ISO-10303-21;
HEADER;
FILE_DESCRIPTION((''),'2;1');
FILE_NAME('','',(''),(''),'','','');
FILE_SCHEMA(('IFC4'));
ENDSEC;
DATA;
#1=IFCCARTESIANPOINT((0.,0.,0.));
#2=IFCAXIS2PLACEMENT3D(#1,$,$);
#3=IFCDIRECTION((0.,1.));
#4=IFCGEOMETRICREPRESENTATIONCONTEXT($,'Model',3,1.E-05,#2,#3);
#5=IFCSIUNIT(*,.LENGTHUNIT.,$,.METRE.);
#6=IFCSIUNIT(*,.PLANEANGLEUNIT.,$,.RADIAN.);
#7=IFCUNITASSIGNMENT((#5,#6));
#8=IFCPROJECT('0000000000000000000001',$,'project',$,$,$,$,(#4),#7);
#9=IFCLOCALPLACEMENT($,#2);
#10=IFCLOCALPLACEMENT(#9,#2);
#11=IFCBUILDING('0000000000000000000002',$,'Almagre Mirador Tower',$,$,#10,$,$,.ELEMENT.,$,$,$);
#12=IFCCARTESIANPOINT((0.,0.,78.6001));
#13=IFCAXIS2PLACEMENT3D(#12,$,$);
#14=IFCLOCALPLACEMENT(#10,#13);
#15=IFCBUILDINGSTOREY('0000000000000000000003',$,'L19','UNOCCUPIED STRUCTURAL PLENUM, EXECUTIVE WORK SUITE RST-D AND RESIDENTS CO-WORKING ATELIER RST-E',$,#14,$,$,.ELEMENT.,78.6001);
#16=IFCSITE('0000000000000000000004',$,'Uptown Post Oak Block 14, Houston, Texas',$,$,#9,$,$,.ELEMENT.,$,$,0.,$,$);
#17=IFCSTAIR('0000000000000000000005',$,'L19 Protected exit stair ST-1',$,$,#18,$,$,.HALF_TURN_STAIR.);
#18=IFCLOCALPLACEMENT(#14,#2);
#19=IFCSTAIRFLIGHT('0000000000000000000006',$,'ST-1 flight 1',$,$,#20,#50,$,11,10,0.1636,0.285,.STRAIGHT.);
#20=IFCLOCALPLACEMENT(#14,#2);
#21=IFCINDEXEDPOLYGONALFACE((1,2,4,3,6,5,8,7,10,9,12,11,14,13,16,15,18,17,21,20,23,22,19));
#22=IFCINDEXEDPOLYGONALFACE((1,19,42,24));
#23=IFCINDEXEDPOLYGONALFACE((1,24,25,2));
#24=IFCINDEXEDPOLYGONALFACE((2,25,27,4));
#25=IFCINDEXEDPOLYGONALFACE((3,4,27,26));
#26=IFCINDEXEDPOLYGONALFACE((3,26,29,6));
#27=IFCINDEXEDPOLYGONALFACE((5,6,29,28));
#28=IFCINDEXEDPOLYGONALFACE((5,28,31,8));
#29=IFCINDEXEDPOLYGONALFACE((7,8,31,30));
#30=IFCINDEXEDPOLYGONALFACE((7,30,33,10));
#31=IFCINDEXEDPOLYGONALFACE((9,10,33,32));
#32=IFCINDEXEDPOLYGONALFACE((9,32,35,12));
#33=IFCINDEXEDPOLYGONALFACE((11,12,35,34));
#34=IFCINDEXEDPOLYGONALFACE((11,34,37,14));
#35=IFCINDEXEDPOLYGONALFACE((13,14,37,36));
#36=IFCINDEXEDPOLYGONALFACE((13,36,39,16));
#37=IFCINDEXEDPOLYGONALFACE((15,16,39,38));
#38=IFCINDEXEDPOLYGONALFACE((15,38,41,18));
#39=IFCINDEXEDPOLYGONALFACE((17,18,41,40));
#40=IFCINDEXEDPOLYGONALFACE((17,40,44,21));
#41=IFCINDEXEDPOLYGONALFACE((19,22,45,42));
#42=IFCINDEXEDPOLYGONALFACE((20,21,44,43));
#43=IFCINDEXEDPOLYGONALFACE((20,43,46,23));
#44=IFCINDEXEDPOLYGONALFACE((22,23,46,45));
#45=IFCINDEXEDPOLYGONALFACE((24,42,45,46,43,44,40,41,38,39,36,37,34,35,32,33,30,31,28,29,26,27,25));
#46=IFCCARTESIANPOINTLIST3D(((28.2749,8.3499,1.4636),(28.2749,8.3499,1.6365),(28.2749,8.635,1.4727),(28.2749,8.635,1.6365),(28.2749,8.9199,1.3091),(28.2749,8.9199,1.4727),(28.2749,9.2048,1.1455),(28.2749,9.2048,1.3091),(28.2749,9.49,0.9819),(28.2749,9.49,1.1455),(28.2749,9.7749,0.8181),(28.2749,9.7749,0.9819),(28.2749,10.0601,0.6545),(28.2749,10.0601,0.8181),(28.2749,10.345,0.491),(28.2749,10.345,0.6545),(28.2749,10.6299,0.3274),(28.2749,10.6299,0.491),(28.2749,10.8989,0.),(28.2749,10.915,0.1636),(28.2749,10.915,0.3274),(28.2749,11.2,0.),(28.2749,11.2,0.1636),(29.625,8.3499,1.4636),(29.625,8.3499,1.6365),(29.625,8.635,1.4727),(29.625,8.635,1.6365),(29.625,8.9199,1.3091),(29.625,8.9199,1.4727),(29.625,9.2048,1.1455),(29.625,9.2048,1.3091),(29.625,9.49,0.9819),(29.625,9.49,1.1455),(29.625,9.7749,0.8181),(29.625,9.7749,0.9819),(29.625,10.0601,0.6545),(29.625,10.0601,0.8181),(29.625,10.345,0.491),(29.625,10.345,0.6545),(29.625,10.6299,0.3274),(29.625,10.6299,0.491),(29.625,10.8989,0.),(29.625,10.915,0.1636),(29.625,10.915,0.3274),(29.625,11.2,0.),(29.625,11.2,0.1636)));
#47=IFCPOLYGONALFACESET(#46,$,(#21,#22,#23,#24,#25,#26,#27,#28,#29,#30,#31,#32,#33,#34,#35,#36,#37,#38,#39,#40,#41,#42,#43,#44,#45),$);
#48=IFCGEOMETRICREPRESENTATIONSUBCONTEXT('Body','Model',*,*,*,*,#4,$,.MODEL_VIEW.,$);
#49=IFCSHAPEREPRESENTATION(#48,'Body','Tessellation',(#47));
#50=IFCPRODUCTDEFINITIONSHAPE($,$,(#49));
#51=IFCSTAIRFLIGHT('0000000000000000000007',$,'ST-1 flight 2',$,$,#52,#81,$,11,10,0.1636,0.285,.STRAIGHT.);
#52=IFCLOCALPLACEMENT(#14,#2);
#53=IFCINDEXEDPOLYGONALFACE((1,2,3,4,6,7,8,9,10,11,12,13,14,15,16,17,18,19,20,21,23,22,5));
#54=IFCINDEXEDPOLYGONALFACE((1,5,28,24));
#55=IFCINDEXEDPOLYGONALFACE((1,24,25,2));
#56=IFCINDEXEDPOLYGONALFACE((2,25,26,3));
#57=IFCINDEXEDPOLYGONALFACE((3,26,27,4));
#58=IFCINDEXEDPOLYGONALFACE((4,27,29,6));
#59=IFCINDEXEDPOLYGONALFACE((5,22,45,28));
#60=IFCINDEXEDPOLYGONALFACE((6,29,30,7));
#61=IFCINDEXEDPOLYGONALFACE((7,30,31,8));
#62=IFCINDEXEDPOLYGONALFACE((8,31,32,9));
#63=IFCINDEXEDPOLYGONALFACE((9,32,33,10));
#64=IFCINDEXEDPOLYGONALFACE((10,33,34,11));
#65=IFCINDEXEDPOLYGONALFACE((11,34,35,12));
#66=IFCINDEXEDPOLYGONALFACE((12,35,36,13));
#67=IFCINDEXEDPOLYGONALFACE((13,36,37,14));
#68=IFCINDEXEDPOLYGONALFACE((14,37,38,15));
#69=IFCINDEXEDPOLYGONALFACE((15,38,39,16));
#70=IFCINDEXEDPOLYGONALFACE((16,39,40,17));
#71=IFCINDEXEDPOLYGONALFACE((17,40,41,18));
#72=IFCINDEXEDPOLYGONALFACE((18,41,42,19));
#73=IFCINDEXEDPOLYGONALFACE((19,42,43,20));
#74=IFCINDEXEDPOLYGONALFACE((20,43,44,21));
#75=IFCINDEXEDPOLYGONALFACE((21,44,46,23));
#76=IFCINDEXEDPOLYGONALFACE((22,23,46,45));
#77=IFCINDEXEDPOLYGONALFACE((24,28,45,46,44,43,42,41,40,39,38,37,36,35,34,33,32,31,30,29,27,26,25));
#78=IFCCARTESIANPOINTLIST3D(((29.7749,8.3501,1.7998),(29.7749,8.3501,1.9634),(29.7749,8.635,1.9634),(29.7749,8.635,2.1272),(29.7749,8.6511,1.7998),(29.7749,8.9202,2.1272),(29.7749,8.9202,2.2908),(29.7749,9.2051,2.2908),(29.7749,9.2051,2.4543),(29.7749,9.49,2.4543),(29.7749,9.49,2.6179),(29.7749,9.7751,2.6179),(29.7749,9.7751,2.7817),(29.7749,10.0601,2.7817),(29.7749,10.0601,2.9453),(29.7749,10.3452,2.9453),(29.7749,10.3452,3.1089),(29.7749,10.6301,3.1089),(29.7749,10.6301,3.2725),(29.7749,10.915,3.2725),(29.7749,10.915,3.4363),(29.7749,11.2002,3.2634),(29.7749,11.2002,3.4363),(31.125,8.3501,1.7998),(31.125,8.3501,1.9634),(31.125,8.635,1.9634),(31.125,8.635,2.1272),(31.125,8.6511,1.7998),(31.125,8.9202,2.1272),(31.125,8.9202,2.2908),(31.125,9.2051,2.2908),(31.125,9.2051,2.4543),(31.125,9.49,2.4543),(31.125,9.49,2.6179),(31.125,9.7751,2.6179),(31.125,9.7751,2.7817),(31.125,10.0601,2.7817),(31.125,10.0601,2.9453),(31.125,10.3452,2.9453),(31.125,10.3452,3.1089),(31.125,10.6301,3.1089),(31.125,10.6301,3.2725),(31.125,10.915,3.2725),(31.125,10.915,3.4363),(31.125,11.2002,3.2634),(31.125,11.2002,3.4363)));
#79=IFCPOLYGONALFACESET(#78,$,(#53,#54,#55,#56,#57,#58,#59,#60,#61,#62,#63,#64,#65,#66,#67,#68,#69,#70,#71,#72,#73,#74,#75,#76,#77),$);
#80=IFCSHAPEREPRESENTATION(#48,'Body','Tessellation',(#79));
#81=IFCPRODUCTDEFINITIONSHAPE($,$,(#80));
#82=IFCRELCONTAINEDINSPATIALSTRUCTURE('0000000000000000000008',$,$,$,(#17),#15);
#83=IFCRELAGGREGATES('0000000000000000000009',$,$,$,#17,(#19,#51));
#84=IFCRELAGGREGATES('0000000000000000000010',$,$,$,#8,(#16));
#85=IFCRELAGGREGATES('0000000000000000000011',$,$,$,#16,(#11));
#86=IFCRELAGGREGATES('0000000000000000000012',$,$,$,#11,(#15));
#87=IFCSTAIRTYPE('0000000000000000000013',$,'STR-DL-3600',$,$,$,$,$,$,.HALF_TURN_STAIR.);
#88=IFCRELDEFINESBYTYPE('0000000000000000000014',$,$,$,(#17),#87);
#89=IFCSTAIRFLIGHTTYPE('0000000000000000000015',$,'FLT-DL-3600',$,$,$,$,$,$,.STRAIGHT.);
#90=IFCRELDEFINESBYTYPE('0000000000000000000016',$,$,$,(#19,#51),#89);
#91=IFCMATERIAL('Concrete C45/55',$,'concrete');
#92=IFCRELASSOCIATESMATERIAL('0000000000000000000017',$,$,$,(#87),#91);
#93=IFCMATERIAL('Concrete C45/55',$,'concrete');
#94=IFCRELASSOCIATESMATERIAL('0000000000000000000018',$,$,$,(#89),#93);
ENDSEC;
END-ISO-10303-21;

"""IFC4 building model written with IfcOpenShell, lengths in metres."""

from ifc_helpers import new_model, si_unit, direction, frame, origin, place, context, subcontext, project, spatial, polyline, outline, extrude, material, type_object, element, aggregate, save


model = new_model("IFC4")

# Units and contexts
model_context = context("Model", 3, precision=1e-05, world=origin(), true_north=direction((0.0, 1.0)))
body_context = subcontext(model_context, "Body", "Model", "MODEL_VIEW")
ifc_project = project(units=[si_unit("LENGTHUNIT", "METRE"), si_unit("PLANEANGLEUNIT", "RADIAN")], contexts=[model_context])

# Site, building, storey
site_placement = place(None, origin())
site = spatial("IfcSite", under=ifc_project, at=site_placement, Name="Uptown Post Oak Block 14, Houston, Texas", CompositionType="ELEMENT", RefElevation=0.0)
building_placement = place(site_placement, origin())
building = spatial("IfcBuilding", under=site, at=building_placement, Name="Almagre Mirador Tower", CompositionType="ELEMENT")
storey_placement = place(building_placement, frame((0.0, 0.0, 78.6001)))
storey = spatial("IfcBuildingStorey", under=building, at=storey_placement, Name="L19", Description="UNOCCUPIED STRUCTURAL PLENUM, EXECUTIVE WORK SUITE RST-D AND RESIDENTS CO-WORKING ATELIER RST-E", CompositionType="ELEMENT", Elevation=78.6001)

# Stair, stair flights
ifc_material_1 = material(Name="Concrete C45/55", Category="concrete")
stair_type = type_object("IfcStairType", Name="STR-DL-3600", PredefinedType="HALF_TURN_STAIR", material=ifc_material_1)
stair_placement = place(storey_placement, origin())
stair = element("IfcStair", 1, at=stair_placement, inside=storey, type_object=stair_type, Name="L19 Protected exit stair ST-1", PredefinedType="HALF_TURN_STAIR")
ifc_material_2 = material(Name="Concrete C45/55", Category="concrete")
stair_flight_type = type_object("IfcStairFlightType", Name="FLT-DL-3600", PredefinedType="STRAIGHT", material=ifc_material_2)
stair_flight_1_placement = place(storey_placement, frame((28.95, 11.2, 0.0), z_axis=(0.0, 0.0, 1.0), x_axis=(0.0, -1.0, 0.0)))
stair_flight_1 = element("IfcStairFlight", 2, at=stair_flight_1_placement, type_object=stair_flight_type, Name="ST-1 flight 1", NumberOfRisers=11, NumberOfTreads=10, PredefinedType="STRAIGHT", RiserHeight=0.1636, TreadLength=0.285, context=body_context, shape_type="SweptSolid", body=[
    extrude(outline(polyline([(0.0, 0.0), (0.0, 0.1636), (0.2849, 0.1636), (0.2849, 0.3274), (0.5701, 0.3274), (0.5701, 0.491), (0.855, 0.491), (0.855, 0.6545), (1.1399, 0.6545), (1.1399, 0.8181), (1.425, 0.8181), (1.425, 0.9819), (1.71, 0.9819), (1.71, 1.1455), (1.9951, 1.1455), (1.9951, 1.3091), (2.28, 1.3091), (2.28, 1.4727), (2.5649, 1.4727), (2.5649, 1.6365), (2.8501, 1.6365), (2.8501, 1.8), (2.8501, 1.4636), (0.301, 0.0), (0.0, 0.0)])), frame((0.0, 0.675, 0.0), z_axis=(0.0, -1.0, 0.0), x_axis=(1.0, 0.0, 0.0)), (0.0, 0.0, 1.0), 1.3501),
])
stair_flight_2_placement = place(storey_placement, frame((30.45, 8.3501, 1.7998), z_axis=(0.0, 0.0, 1.0), x_axis=(0.0, 1.0, 0.0)))
stair_flight_2 = element("IfcStairFlight", 3, at=stair_flight_2_placement, type_object=stair_flight_type, Name="ST-1 flight 2", NumberOfRisers=11, NumberOfTreads=10, PredefinedType="STRAIGHT", RiserHeight=0.1636, TreadLength=0.285, context=body_context, shape_type="SweptSolid", body=[
    extrude(outline(polyline([(0.0, 0.0), (0.0, 0.1636), (0.2849, 0.1636), (0.2849, 0.3274), (0.5701, 0.3274), (0.5701, 0.491), (0.855, 0.491), (0.855, 0.6545), (1.1399, 0.6545), (1.1399, 0.8181), (1.425, 0.8181), (1.425, 0.9819), (1.71, 0.9819), (1.71, 1.1455), (1.9951, 1.1455), (1.9951, 1.3091), (2.28, 1.3091), (2.28, 1.4727), (2.5649, 1.4727), (2.5649, 1.6365), (2.8501, 1.6365), (2.8501, 1.8), (2.8501, 1.4636), (0.301, 0.0), (0.0, 0.0)])), frame((0.0, 0.675, 0.0), z_axis=(0.0, -1.0, 0.0), x_axis=(1.0, 0.0, 0.0)), (0.0, 0.0, 1.0), 1.3501),
])
aggregate(stair, [stair_flight_1, stair_flight_2])

save(model, "model.ifc")
